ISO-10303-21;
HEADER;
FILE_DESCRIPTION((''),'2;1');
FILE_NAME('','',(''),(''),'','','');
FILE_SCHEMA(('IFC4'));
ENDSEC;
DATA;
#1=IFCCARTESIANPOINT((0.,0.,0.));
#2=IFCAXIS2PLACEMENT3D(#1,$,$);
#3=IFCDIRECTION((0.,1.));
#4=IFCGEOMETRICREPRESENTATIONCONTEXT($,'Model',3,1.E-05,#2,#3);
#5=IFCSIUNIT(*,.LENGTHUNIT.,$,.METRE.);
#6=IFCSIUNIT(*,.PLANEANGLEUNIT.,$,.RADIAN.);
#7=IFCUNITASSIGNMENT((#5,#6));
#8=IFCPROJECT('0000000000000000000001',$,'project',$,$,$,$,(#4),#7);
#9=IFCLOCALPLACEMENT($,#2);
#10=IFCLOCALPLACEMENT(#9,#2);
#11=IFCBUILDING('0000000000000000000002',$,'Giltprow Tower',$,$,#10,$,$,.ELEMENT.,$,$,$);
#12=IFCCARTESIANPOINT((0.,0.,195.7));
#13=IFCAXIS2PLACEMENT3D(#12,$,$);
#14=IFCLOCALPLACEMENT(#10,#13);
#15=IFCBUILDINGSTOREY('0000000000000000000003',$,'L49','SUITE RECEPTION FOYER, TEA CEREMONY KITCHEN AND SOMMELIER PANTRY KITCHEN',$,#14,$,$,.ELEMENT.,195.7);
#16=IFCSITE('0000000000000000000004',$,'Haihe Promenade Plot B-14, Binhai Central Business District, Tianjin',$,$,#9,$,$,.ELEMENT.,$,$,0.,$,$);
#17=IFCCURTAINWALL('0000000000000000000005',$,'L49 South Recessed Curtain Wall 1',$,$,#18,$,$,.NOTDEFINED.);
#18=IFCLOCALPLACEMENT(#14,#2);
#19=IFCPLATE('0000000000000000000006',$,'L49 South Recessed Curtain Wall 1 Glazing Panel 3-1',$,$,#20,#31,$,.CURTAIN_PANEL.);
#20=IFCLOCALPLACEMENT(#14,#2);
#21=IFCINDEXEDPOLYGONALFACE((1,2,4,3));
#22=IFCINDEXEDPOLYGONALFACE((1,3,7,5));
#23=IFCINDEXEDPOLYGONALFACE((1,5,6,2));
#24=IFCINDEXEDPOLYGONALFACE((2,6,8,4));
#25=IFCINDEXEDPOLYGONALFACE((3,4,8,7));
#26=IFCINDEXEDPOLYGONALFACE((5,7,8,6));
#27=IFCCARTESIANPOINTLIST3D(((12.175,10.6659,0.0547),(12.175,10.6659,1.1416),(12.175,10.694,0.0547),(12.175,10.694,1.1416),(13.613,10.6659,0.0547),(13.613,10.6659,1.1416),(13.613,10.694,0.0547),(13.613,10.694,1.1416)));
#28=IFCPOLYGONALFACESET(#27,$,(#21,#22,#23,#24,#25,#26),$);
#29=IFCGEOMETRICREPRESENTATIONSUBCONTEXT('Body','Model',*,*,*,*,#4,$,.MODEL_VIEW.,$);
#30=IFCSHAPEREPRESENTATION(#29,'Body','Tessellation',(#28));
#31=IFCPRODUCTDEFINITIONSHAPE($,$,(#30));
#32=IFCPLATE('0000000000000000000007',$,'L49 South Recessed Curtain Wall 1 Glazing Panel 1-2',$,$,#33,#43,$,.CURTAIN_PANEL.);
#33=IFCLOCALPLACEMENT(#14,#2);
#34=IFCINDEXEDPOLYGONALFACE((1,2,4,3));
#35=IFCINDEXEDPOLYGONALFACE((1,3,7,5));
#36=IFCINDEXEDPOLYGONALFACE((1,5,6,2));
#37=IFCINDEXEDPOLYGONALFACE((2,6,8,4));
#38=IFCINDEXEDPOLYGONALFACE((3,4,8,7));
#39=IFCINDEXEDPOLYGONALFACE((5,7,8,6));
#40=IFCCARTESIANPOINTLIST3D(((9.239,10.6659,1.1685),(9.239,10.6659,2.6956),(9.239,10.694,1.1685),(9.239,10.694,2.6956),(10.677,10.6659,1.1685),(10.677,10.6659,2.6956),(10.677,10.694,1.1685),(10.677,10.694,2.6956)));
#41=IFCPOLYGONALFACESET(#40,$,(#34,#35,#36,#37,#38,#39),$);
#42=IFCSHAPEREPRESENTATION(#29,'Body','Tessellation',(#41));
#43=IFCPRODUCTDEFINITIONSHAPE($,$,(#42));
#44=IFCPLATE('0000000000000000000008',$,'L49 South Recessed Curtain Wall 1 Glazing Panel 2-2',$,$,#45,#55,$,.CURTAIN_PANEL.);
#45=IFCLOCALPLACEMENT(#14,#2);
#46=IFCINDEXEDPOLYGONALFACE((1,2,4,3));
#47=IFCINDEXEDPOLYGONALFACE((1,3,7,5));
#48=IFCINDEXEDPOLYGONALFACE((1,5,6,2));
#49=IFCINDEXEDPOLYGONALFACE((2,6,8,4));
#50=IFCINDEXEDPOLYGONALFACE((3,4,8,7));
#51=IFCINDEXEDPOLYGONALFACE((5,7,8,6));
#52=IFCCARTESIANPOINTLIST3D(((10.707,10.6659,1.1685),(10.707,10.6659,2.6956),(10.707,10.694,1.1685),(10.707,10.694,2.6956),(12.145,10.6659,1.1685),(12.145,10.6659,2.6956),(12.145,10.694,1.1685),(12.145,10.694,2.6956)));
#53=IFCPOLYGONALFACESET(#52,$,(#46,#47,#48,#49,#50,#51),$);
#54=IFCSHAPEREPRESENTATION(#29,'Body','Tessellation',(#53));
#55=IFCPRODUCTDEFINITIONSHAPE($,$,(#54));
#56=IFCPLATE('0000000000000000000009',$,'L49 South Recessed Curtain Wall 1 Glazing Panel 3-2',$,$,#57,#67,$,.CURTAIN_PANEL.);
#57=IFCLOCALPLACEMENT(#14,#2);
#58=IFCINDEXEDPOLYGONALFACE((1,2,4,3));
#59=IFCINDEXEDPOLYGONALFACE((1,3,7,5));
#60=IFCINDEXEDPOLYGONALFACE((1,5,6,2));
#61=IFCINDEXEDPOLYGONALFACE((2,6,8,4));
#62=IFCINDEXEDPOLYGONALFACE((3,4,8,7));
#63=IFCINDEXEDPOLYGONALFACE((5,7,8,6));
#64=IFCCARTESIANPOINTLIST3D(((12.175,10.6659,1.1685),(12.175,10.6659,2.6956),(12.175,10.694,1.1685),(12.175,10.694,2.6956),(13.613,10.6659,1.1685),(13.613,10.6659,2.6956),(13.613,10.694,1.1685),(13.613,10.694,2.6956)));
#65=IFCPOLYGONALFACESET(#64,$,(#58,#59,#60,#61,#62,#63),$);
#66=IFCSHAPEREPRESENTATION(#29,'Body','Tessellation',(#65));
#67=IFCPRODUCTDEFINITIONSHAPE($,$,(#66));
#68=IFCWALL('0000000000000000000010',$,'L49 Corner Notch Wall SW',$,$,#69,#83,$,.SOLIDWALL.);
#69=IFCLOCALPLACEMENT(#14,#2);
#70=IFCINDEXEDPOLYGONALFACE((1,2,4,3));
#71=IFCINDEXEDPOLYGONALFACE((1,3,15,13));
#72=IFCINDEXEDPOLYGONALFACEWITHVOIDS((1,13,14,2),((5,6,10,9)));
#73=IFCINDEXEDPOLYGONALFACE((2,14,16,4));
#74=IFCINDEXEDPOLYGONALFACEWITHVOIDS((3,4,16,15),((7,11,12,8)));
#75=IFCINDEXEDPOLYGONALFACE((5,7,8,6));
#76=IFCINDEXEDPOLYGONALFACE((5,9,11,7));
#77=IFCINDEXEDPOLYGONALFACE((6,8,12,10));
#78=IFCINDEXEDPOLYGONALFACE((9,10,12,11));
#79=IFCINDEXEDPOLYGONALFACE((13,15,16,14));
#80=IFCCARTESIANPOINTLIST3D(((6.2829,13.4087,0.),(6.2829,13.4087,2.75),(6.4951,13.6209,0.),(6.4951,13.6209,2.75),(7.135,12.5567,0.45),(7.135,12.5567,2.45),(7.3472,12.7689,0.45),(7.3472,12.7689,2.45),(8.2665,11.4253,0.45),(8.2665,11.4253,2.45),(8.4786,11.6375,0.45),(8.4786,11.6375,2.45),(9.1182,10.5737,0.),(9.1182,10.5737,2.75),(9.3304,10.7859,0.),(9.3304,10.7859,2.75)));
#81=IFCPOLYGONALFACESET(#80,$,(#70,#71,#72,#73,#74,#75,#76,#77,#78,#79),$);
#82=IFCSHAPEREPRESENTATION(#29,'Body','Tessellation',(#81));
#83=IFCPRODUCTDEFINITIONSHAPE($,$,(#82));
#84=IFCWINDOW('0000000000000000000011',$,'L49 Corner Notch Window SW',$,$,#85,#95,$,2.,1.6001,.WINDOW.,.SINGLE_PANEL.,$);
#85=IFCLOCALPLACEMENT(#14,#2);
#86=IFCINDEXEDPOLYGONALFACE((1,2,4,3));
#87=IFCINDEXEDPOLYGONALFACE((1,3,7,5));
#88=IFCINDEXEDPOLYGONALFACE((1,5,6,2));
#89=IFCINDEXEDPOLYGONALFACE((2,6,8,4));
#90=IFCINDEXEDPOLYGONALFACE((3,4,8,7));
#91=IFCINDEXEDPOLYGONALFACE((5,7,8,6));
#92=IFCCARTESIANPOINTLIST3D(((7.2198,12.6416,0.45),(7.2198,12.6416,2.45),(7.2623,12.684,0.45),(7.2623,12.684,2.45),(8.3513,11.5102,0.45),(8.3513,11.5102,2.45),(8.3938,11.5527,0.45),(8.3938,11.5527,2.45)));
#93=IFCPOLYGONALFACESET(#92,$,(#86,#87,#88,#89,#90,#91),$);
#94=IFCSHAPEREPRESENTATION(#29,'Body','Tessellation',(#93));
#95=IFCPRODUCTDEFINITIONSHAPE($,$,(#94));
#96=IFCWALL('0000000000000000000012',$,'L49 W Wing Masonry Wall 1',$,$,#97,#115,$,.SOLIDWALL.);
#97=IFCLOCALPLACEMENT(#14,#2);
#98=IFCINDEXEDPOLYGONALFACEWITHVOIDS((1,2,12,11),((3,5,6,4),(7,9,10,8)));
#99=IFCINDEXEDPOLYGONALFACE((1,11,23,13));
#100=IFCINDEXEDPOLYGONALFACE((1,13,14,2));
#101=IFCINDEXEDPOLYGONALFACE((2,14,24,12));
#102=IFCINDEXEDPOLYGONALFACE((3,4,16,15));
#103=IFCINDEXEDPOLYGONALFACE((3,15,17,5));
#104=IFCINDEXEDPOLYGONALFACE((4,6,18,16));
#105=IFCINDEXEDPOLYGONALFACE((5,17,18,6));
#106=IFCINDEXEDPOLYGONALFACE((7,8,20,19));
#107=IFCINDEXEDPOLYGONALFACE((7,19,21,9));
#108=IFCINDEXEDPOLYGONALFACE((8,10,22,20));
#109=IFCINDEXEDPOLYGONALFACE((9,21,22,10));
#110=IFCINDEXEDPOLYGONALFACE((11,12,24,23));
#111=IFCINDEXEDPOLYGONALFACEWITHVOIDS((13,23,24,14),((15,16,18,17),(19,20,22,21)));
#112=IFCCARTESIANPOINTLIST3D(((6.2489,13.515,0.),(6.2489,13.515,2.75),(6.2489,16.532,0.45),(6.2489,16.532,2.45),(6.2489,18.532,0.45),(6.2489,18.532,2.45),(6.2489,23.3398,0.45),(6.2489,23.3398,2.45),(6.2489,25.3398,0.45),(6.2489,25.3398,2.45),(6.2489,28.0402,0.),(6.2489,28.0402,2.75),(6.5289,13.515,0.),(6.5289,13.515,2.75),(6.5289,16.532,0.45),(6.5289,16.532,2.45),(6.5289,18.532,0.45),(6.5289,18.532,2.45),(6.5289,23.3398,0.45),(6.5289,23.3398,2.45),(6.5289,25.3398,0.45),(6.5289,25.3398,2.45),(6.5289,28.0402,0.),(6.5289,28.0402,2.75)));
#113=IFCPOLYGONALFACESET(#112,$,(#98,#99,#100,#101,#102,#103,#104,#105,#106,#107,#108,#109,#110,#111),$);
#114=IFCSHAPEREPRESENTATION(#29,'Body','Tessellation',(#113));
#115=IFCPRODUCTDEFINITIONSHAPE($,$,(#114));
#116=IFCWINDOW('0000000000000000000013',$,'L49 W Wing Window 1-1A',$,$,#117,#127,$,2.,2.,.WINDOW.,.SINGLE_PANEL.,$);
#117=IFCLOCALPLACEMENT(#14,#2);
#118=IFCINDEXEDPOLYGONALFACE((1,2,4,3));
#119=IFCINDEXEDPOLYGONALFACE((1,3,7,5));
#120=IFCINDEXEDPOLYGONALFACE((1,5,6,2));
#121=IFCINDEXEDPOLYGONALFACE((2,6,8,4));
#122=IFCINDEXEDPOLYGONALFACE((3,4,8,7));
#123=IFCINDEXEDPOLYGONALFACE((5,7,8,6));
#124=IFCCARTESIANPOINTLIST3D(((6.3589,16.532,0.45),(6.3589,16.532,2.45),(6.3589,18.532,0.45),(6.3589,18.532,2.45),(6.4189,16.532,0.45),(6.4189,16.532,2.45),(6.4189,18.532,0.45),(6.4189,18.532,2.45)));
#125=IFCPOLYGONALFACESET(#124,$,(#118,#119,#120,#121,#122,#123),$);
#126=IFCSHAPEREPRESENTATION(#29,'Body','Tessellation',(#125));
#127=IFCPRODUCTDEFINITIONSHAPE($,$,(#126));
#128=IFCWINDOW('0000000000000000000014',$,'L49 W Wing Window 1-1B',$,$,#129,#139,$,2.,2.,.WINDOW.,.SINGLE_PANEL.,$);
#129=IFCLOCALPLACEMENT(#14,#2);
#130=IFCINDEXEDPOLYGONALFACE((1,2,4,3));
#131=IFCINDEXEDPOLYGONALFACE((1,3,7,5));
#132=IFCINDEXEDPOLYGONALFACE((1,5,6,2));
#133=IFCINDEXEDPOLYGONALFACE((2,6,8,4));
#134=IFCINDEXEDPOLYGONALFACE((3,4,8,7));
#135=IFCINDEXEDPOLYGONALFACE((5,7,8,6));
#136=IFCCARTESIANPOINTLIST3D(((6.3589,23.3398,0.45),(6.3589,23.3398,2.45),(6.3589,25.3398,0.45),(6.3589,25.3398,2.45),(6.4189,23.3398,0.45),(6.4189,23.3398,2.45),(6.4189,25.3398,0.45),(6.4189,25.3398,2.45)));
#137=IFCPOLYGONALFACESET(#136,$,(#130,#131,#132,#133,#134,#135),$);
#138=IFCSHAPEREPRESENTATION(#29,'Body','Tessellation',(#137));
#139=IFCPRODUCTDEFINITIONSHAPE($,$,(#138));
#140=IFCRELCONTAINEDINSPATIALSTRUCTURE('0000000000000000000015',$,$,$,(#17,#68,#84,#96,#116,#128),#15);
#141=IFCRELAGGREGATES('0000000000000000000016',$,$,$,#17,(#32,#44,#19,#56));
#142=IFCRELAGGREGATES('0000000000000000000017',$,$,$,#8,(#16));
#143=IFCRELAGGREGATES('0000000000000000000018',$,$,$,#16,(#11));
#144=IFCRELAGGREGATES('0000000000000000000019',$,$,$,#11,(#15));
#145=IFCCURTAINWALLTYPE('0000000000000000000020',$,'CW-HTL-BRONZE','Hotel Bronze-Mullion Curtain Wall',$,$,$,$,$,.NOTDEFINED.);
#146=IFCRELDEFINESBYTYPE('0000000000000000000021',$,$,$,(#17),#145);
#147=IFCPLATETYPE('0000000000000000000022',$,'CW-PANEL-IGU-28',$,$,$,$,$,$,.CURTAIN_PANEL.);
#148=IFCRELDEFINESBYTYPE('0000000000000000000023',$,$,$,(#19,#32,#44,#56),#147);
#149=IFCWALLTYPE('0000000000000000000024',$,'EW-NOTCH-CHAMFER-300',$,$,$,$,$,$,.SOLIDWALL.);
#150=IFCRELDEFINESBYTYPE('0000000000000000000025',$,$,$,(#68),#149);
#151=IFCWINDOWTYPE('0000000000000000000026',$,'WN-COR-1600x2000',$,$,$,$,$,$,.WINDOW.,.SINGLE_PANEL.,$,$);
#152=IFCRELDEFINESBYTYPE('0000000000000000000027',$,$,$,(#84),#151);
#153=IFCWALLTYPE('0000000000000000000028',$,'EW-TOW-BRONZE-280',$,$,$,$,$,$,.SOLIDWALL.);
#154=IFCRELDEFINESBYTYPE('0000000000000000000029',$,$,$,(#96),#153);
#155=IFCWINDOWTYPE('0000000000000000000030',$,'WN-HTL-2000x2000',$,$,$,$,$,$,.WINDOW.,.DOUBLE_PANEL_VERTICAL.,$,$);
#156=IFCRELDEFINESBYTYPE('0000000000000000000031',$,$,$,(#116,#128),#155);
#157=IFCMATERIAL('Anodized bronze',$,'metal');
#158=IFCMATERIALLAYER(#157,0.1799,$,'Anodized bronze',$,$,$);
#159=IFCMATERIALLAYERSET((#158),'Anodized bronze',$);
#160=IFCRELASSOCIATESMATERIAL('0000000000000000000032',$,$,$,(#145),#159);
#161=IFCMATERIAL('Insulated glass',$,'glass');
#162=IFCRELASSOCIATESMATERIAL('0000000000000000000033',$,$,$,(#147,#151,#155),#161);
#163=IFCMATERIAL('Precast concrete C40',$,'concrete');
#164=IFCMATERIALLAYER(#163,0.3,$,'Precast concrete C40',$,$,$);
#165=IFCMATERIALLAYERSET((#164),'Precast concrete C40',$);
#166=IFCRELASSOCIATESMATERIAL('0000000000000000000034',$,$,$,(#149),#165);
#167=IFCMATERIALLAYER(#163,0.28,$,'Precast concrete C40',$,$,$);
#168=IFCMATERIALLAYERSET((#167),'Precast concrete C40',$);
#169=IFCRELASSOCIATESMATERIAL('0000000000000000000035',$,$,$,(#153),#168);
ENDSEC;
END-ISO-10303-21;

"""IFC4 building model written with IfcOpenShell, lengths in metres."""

from ifc_helpers import new_model, si_unit, direction, frame, frame_2d, origin, origin_2d, place, context, subcontext, project, spatial, rectangle, extrude, source, transform, mapped, material, layer, layer_set, type_object, element, fill, aggregate, save


model = new_model("IFC4")

# Units and contexts
model_context = context("Model", 3, precision=1e-05, world=origin(), true_north=direction((0.0, 1.0)))
body_context = subcontext(model_context, "Body", "Model", "MODEL_VIEW")
ifc_project = project(units=[si_unit("LENGTHUNIT", "METRE"), si_unit("PLANEANGLEUNIT", "RADIAN")], contexts=[model_context])

# Site, building, storey
site_placement = place(None, origin())
site = spatial("IfcSite", under=ifc_project, at=site_placement, Name="Haihe Promenade Plot B-14, Binhai Central Business District, Tianjin", CompositionType="ELEMENT", RefElevation=0.0)
building_placement = place(site_placement, origin())
building = spatial("IfcBuilding", under=site, at=building_placement, Name="Giltprow Tower", CompositionType="ELEMENT")
storey_placement = place(building_placement, frame((0.0, 0.0, 195.7)))
storey = spatial("IfcBuildingStorey", under=building, at=storey_placement, Name="L49", Description="SUITE RECEPTION FOYER, TEA CEREMONY KITCHEN AND SOMMELIER PANTRY KITCHEN", CompositionType="ELEMENT", Elevation=195.7)

# Curtain wall
ifc_material_1 = material(Name="Anodized bronze", Category="metal")
ifc_layer_1 = layer(ifc_material_1, 0.1799, Name="Anodized bronze")
ifc_layer_set_1 = layer_set([ifc_layer_1], Name="Anodized bronze")
curtain_wall_type = type_object("IfcCurtainWallType", Name="CW-HTL-BRONZE", Description="Hotel Bronze-Mullion Curtain Wall", PredefinedType="NOTDEFINED", material=ifc_layer_set_1)
curtain_wall_placement = place(storey_placement, origin())
curtain_wall = element("IfcCurtainWall", 1, at=curtain_wall_placement, inside=storey, type_object=curtain_wall_type, Name="L49 South Recessed Curtain Wall 1", PredefinedType="NOTDEFINED")

# Plates
ifc_material_2 = material(Name="Insulated glass", Category="glass")
plate_type = type_object("IfcPlateType", Name="CW-PANEL-IGU-28", PredefinedType="CURTAIN_PANEL", material=ifc_material_2)
shared_shape_1 = source(origin(), body_context, "Body", "SweptSolid", [
    extrude(rectangle(XDim=1.438, YDim=0.0281, at=origin_2d()), origin(), (0.0, 0.0, 1.0), 1.0869),
])
plate_1_placement = place(storey_placement, frame((12.894, 10.6799, 0.0547), z_axis=(0.0, 0.0, 1.0), x_axis=(1.0, 0.0, 0.0)))
plate_1 = element("IfcPlate", 2, at=plate_1_placement, type_object=plate_type, Name="L49 South Recessed Curtain Wall 1 Glazing Panel 3-1", PredefinedType="CURTAIN_PANEL", context=body_context, shape_type="MappedRepresentation", body=[
    mapped(shared_shape_1, transform((0.0, 0.0, 0.0), x_axis=(1.0, 0.0, 0.0), y_axis=(0.0, 1.0, 0.0), z_axis=(0.0, 0.0, 1.0), scale=1.0)),
])
shared_shape_2 = source(origin(), body_context, "Body", "SweptSolid", [
    extrude(rectangle(XDim=1.438, YDim=0.0281, at=origin_2d()), origin(), (0.0, 0.0, 1.0), 1.5271),
])
plate_2_placement = place(storey_placement, frame((9.958, 10.6799, 1.1685), z_axis=(0.0, 0.0, 1.0), x_axis=(1.0, 0.0, 0.0)))
plate_2 = element("IfcPlate", 3, at=plate_2_placement, type_object=plate_type, Name="L49 South Recessed Curtain Wall 1 Glazing Panel 1-2", PredefinedType="CURTAIN_PANEL", context=body_context, shape_type="MappedRepresentation", body=[
    mapped(shared_shape_2, transform((0.0, 0.0, 0.0), x_axis=(1.0, 0.0, 0.0), y_axis=(0.0, 1.0, 0.0), z_axis=(0.0, 0.0, 1.0), scale=1.0)),
])
plate_3_placement = place(storey_placement, frame((11.426, 10.6799, 1.1685), z_axis=(0.0, 0.0, 1.0), x_axis=(1.0, 0.0, 0.0)))
plate_3 = element("IfcPlate", 4, at=plate_3_placement, type_object=plate_type, Name="L49 South Recessed Curtain Wall 1 Glazing Panel 2-2", PredefinedType="CURTAIN_PANEL", context=body_context, shape_type="MappedRepresentation", body=[
    mapped(shared_shape_2, transform((0.0, 0.0, 0.0), x_axis=(1.0, 0.0, 0.0), y_axis=(0.0, 1.0, 0.0), z_axis=(0.0, 0.0, 1.0), scale=1.0)),
])
plate_4_placement = place(storey_placement, frame((12.894, 10.6799, 1.1685), z_axis=(0.0, 0.0, 1.0), x_axis=(1.0, 0.0, 0.0)))
plate_4 = element("IfcPlate", 5, at=plate_4_placement, type_object=plate_type, Name="L49 South Recessed Curtain Wall 1 Glazing Panel 3-2", PredefinedType="CURTAIN_PANEL", context=body_context, shape_type="MappedRepresentation", body=[
    mapped(shared_shape_2, transform((0.0, 0.0, 0.0), x_axis=(1.0, 0.0, 0.0), y_axis=(0.0, 1.0, 0.0), z_axis=(0.0, 0.0, 1.0), scale=1.0)),
])
aggregate(curtain_wall, [plate_2, plate_3, plate_1, plate_4])

# Wall, opening, window
ifc_material_3 = material(Name="Precast concrete C40", Category="concrete")
ifc_layer_2 = layer(ifc_material_3, 0.3, Name="Precast concrete C40")
ifc_layer_set_2 = layer_set([ifc_layer_2], Name="Precast concrete C40")
wall_type_1 = type_object("IfcWallType", Name="EW-NOTCH-CHAMFER-300", PredefinedType="SOLIDWALL", material=ifc_layer_set_2)
wall_1_placement = place(storey_placement, frame((6.3889, 13.5149, 0.0), z_axis=(0.0, 0.0, 1.0), x_axis=(0.707137, -0.707076, 0.0)))
wall_1 = element("IfcWall", 6, at=wall_1_placement, inside=storey, type_object=wall_type_1, Name="L49 Corner Notch Wall SW", PredefinedType="SOLIDWALL", context=body_context, shape_type="SweptSolid", body=[
    extrude(rectangle(XDim=4.0095, YDim=0.3, at=frame_2d((2.0049, 0.0))), origin(), (0.0, 0.0, 1.0), 2.75),
])
opening_1_placement = place(wall_1_placement, frame((1.2051, 0.0, 0.45)))
opening_1 = element("IfcOpeningElement", 7, at=opening_1_placement, cuts=wall_1, PredefinedType="OPENING", context=body_context, shape_type="SweptSolid", body=[
    extrude(rectangle(XDim=1.6001, YDim=2.0, at=frame_2d((0.8, 1.0))), frame((0.0, 0.1599, 0.0), z_axis=(0.0, -1.0, 0.0), x_axis=(1.0, 0.0, 0.0)), (0.0, 0.0, 1.0), 0.3201),
])
window_type_1 = type_object("IfcWindowType", Name="WN-COR-1600x2000", PartitioningType="SINGLE_PANEL", PredefinedType="WINDOW", material=ifc_material_2)
shared_shape_3 = source(origin(), body_context, "Body", "SweptSolid", [
    extrude(rectangle(XDim=1.6001, YDim=2.0, at=frame_2d((0.8, 1.0))), frame((0.0, 0.03, 0.0), z_axis=(0.0, -1.0, 0.0), x_axis=(1.0, 0.0, 0.0)), (0.0, 0.0, 1.0), 0.0601),
])
window_1_placement = place(opening_1_placement, origin())
window_1 = element("IfcWindow", 8, at=window_1_placement, inside=storey, type_object=window_type_1, Name="L49 Corner Notch Window SW", OverallHeight=2.0, OverallWidth=1.6001, PartitioningType="SINGLE_PANEL", PredefinedType="WINDOW", context=body_context, shape_type="MappedRepresentation", body=[
    mapped(shared_shape_3, transform((0.0, 0.0, 0.0), x_axis=(1.0, 0.0, 0.0), y_axis=(0.0, 1.0, 0.0), z_axis=(0.0, 0.0, 1.0), scale=1.0)),
])
fill(opening_1, window_1)

# Wall, openings, windows
ifc_layer_3 = layer(ifc_material_3, 0.28, Name="Precast concrete C40")
ifc_layer_set_3 = layer_set([ifc_layer_3], Name="Precast concrete C40")
wall_type_2 = type_object("IfcWallType", Name="EW-TOW-BRONZE-280", PredefinedType="SOLIDWALL", material=ifc_layer_set_3)
wall_2_placement = place(storey_placement, frame((6.3889, 13.5149, 0.0), z_axis=(0.0, 0.0, 1.0), x_axis=(0.0, 1.0, 0.0)))
wall_2 = element("IfcWall", 9, at=wall_2_placement, inside=storey, type_object=wall_type_2, Name="L49 W Wing Masonry Wall 1", PredefinedType="SOLIDWALL", context=body_context, shape_type="SweptSolid", body=[
    extrude(rectangle(XDim=14.5251, YDim=0.28, at=frame_2d((7.2627, 0.0))), origin(), (0.0, 0.0, 1.0), 2.75),
])
opening_2_placement = place(wall_2_placement, frame((3.0171, 0.0, 0.45)))
opening_2 = element("IfcOpeningElement", 10, at=opening_2_placement, cuts=wall_2, PredefinedType="OPENING", context=body_context, shape_type="SweptSolid", body=[
    extrude(rectangle(XDim=2.0, YDim=2.0, at=frame_2d((1.0, 1.0))), frame((0.0, 0.1499, 0.0), z_axis=(0.0, -1.0, 0.0), x_axis=(1.0, 0.0, 0.0)), (0.0, 0.0, 1.0), 0.3),
])
opening_3_placement = place(wall_2_placement, frame((9.825, 0.0, 0.45)))
opening_3 = element("IfcOpeningElement", 11, at=opening_3_placement, cuts=wall_2, PredefinedType="OPENING", context=body_context, shape_type="SweptSolid", body=[
    extrude(rectangle(XDim=2.0, YDim=2.0, at=frame_2d((1.0, 1.0))), frame((0.0, 0.1499, 0.0), z_axis=(0.0, -1.0, 0.0), x_axis=(1.0, 0.0, 0.0)), (0.0, 0.0, 1.0), 0.3),
])
window_type_2 = type_object("IfcWindowType", Name="WN-HTL-2000x2000", PartitioningType="DOUBLE_PANEL_VERTICAL", PredefinedType="WINDOW", material=ifc_material_2)
shared_shape_4 = source(origin(), body_context, "Body", "SweptSolid", [
    extrude(rectangle(XDim=2.0, YDim=2.0, at=frame_2d((1.0, 1.0))), frame((0.0, 0.03, 0.0), z_axis=(0.0, -1.0, 0.0), x_axis=(1.0, 0.0, 0.0)), (0.0, 0.0, 1.0), 0.0601),
])
window_2_placement = place(opening_2_placement, origin())
window_2 = element("IfcWindow", 12, at=window_2_placement, inside=storey, type_object=window_type_2, Name="L49 W Wing Window 1-1A", OverallHeight=2.0, OverallWidth=2.0, PartitioningType="SINGLE_PANEL", PredefinedType="WINDOW", context=body_context, shape_type="MappedRepresentation", body=[
    mapped(shared_shape_4, transform((0.0, 0.0, 0.0), x_axis=(1.0, 0.0, 0.0), y_axis=(0.0, 1.0, 0.0), z_axis=(0.0, 0.0, 1.0), scale=1.0)),
])
fill(opening_2, window_2)
window_3_placement = place(opening_3_placement, origin())
window_3 = element("IfcWindow", 13, at=window_3_placement, inside=storey, type_object=window_type_2, Name="L49 W Wing Window 1-1B", OverallHeight=2.0, OverallWidth=2.0, PartitioningType="SINGLE_PANEL", PredefinedType="WINDOW", context=body_context, shape_type="MappedRepresentation", body=[
    mapped(shared_shape_4, transform((0.0, 0.0, 0.0), x_axis=(1.0, 0.0, 0.0), y_axis=(0.0, 1.0, 0.0), z_axis=(0.0, 0.0, 1.0), scale=1.0)),
])
fill(opening_3, window_3)

save(model, "model.ifc")
